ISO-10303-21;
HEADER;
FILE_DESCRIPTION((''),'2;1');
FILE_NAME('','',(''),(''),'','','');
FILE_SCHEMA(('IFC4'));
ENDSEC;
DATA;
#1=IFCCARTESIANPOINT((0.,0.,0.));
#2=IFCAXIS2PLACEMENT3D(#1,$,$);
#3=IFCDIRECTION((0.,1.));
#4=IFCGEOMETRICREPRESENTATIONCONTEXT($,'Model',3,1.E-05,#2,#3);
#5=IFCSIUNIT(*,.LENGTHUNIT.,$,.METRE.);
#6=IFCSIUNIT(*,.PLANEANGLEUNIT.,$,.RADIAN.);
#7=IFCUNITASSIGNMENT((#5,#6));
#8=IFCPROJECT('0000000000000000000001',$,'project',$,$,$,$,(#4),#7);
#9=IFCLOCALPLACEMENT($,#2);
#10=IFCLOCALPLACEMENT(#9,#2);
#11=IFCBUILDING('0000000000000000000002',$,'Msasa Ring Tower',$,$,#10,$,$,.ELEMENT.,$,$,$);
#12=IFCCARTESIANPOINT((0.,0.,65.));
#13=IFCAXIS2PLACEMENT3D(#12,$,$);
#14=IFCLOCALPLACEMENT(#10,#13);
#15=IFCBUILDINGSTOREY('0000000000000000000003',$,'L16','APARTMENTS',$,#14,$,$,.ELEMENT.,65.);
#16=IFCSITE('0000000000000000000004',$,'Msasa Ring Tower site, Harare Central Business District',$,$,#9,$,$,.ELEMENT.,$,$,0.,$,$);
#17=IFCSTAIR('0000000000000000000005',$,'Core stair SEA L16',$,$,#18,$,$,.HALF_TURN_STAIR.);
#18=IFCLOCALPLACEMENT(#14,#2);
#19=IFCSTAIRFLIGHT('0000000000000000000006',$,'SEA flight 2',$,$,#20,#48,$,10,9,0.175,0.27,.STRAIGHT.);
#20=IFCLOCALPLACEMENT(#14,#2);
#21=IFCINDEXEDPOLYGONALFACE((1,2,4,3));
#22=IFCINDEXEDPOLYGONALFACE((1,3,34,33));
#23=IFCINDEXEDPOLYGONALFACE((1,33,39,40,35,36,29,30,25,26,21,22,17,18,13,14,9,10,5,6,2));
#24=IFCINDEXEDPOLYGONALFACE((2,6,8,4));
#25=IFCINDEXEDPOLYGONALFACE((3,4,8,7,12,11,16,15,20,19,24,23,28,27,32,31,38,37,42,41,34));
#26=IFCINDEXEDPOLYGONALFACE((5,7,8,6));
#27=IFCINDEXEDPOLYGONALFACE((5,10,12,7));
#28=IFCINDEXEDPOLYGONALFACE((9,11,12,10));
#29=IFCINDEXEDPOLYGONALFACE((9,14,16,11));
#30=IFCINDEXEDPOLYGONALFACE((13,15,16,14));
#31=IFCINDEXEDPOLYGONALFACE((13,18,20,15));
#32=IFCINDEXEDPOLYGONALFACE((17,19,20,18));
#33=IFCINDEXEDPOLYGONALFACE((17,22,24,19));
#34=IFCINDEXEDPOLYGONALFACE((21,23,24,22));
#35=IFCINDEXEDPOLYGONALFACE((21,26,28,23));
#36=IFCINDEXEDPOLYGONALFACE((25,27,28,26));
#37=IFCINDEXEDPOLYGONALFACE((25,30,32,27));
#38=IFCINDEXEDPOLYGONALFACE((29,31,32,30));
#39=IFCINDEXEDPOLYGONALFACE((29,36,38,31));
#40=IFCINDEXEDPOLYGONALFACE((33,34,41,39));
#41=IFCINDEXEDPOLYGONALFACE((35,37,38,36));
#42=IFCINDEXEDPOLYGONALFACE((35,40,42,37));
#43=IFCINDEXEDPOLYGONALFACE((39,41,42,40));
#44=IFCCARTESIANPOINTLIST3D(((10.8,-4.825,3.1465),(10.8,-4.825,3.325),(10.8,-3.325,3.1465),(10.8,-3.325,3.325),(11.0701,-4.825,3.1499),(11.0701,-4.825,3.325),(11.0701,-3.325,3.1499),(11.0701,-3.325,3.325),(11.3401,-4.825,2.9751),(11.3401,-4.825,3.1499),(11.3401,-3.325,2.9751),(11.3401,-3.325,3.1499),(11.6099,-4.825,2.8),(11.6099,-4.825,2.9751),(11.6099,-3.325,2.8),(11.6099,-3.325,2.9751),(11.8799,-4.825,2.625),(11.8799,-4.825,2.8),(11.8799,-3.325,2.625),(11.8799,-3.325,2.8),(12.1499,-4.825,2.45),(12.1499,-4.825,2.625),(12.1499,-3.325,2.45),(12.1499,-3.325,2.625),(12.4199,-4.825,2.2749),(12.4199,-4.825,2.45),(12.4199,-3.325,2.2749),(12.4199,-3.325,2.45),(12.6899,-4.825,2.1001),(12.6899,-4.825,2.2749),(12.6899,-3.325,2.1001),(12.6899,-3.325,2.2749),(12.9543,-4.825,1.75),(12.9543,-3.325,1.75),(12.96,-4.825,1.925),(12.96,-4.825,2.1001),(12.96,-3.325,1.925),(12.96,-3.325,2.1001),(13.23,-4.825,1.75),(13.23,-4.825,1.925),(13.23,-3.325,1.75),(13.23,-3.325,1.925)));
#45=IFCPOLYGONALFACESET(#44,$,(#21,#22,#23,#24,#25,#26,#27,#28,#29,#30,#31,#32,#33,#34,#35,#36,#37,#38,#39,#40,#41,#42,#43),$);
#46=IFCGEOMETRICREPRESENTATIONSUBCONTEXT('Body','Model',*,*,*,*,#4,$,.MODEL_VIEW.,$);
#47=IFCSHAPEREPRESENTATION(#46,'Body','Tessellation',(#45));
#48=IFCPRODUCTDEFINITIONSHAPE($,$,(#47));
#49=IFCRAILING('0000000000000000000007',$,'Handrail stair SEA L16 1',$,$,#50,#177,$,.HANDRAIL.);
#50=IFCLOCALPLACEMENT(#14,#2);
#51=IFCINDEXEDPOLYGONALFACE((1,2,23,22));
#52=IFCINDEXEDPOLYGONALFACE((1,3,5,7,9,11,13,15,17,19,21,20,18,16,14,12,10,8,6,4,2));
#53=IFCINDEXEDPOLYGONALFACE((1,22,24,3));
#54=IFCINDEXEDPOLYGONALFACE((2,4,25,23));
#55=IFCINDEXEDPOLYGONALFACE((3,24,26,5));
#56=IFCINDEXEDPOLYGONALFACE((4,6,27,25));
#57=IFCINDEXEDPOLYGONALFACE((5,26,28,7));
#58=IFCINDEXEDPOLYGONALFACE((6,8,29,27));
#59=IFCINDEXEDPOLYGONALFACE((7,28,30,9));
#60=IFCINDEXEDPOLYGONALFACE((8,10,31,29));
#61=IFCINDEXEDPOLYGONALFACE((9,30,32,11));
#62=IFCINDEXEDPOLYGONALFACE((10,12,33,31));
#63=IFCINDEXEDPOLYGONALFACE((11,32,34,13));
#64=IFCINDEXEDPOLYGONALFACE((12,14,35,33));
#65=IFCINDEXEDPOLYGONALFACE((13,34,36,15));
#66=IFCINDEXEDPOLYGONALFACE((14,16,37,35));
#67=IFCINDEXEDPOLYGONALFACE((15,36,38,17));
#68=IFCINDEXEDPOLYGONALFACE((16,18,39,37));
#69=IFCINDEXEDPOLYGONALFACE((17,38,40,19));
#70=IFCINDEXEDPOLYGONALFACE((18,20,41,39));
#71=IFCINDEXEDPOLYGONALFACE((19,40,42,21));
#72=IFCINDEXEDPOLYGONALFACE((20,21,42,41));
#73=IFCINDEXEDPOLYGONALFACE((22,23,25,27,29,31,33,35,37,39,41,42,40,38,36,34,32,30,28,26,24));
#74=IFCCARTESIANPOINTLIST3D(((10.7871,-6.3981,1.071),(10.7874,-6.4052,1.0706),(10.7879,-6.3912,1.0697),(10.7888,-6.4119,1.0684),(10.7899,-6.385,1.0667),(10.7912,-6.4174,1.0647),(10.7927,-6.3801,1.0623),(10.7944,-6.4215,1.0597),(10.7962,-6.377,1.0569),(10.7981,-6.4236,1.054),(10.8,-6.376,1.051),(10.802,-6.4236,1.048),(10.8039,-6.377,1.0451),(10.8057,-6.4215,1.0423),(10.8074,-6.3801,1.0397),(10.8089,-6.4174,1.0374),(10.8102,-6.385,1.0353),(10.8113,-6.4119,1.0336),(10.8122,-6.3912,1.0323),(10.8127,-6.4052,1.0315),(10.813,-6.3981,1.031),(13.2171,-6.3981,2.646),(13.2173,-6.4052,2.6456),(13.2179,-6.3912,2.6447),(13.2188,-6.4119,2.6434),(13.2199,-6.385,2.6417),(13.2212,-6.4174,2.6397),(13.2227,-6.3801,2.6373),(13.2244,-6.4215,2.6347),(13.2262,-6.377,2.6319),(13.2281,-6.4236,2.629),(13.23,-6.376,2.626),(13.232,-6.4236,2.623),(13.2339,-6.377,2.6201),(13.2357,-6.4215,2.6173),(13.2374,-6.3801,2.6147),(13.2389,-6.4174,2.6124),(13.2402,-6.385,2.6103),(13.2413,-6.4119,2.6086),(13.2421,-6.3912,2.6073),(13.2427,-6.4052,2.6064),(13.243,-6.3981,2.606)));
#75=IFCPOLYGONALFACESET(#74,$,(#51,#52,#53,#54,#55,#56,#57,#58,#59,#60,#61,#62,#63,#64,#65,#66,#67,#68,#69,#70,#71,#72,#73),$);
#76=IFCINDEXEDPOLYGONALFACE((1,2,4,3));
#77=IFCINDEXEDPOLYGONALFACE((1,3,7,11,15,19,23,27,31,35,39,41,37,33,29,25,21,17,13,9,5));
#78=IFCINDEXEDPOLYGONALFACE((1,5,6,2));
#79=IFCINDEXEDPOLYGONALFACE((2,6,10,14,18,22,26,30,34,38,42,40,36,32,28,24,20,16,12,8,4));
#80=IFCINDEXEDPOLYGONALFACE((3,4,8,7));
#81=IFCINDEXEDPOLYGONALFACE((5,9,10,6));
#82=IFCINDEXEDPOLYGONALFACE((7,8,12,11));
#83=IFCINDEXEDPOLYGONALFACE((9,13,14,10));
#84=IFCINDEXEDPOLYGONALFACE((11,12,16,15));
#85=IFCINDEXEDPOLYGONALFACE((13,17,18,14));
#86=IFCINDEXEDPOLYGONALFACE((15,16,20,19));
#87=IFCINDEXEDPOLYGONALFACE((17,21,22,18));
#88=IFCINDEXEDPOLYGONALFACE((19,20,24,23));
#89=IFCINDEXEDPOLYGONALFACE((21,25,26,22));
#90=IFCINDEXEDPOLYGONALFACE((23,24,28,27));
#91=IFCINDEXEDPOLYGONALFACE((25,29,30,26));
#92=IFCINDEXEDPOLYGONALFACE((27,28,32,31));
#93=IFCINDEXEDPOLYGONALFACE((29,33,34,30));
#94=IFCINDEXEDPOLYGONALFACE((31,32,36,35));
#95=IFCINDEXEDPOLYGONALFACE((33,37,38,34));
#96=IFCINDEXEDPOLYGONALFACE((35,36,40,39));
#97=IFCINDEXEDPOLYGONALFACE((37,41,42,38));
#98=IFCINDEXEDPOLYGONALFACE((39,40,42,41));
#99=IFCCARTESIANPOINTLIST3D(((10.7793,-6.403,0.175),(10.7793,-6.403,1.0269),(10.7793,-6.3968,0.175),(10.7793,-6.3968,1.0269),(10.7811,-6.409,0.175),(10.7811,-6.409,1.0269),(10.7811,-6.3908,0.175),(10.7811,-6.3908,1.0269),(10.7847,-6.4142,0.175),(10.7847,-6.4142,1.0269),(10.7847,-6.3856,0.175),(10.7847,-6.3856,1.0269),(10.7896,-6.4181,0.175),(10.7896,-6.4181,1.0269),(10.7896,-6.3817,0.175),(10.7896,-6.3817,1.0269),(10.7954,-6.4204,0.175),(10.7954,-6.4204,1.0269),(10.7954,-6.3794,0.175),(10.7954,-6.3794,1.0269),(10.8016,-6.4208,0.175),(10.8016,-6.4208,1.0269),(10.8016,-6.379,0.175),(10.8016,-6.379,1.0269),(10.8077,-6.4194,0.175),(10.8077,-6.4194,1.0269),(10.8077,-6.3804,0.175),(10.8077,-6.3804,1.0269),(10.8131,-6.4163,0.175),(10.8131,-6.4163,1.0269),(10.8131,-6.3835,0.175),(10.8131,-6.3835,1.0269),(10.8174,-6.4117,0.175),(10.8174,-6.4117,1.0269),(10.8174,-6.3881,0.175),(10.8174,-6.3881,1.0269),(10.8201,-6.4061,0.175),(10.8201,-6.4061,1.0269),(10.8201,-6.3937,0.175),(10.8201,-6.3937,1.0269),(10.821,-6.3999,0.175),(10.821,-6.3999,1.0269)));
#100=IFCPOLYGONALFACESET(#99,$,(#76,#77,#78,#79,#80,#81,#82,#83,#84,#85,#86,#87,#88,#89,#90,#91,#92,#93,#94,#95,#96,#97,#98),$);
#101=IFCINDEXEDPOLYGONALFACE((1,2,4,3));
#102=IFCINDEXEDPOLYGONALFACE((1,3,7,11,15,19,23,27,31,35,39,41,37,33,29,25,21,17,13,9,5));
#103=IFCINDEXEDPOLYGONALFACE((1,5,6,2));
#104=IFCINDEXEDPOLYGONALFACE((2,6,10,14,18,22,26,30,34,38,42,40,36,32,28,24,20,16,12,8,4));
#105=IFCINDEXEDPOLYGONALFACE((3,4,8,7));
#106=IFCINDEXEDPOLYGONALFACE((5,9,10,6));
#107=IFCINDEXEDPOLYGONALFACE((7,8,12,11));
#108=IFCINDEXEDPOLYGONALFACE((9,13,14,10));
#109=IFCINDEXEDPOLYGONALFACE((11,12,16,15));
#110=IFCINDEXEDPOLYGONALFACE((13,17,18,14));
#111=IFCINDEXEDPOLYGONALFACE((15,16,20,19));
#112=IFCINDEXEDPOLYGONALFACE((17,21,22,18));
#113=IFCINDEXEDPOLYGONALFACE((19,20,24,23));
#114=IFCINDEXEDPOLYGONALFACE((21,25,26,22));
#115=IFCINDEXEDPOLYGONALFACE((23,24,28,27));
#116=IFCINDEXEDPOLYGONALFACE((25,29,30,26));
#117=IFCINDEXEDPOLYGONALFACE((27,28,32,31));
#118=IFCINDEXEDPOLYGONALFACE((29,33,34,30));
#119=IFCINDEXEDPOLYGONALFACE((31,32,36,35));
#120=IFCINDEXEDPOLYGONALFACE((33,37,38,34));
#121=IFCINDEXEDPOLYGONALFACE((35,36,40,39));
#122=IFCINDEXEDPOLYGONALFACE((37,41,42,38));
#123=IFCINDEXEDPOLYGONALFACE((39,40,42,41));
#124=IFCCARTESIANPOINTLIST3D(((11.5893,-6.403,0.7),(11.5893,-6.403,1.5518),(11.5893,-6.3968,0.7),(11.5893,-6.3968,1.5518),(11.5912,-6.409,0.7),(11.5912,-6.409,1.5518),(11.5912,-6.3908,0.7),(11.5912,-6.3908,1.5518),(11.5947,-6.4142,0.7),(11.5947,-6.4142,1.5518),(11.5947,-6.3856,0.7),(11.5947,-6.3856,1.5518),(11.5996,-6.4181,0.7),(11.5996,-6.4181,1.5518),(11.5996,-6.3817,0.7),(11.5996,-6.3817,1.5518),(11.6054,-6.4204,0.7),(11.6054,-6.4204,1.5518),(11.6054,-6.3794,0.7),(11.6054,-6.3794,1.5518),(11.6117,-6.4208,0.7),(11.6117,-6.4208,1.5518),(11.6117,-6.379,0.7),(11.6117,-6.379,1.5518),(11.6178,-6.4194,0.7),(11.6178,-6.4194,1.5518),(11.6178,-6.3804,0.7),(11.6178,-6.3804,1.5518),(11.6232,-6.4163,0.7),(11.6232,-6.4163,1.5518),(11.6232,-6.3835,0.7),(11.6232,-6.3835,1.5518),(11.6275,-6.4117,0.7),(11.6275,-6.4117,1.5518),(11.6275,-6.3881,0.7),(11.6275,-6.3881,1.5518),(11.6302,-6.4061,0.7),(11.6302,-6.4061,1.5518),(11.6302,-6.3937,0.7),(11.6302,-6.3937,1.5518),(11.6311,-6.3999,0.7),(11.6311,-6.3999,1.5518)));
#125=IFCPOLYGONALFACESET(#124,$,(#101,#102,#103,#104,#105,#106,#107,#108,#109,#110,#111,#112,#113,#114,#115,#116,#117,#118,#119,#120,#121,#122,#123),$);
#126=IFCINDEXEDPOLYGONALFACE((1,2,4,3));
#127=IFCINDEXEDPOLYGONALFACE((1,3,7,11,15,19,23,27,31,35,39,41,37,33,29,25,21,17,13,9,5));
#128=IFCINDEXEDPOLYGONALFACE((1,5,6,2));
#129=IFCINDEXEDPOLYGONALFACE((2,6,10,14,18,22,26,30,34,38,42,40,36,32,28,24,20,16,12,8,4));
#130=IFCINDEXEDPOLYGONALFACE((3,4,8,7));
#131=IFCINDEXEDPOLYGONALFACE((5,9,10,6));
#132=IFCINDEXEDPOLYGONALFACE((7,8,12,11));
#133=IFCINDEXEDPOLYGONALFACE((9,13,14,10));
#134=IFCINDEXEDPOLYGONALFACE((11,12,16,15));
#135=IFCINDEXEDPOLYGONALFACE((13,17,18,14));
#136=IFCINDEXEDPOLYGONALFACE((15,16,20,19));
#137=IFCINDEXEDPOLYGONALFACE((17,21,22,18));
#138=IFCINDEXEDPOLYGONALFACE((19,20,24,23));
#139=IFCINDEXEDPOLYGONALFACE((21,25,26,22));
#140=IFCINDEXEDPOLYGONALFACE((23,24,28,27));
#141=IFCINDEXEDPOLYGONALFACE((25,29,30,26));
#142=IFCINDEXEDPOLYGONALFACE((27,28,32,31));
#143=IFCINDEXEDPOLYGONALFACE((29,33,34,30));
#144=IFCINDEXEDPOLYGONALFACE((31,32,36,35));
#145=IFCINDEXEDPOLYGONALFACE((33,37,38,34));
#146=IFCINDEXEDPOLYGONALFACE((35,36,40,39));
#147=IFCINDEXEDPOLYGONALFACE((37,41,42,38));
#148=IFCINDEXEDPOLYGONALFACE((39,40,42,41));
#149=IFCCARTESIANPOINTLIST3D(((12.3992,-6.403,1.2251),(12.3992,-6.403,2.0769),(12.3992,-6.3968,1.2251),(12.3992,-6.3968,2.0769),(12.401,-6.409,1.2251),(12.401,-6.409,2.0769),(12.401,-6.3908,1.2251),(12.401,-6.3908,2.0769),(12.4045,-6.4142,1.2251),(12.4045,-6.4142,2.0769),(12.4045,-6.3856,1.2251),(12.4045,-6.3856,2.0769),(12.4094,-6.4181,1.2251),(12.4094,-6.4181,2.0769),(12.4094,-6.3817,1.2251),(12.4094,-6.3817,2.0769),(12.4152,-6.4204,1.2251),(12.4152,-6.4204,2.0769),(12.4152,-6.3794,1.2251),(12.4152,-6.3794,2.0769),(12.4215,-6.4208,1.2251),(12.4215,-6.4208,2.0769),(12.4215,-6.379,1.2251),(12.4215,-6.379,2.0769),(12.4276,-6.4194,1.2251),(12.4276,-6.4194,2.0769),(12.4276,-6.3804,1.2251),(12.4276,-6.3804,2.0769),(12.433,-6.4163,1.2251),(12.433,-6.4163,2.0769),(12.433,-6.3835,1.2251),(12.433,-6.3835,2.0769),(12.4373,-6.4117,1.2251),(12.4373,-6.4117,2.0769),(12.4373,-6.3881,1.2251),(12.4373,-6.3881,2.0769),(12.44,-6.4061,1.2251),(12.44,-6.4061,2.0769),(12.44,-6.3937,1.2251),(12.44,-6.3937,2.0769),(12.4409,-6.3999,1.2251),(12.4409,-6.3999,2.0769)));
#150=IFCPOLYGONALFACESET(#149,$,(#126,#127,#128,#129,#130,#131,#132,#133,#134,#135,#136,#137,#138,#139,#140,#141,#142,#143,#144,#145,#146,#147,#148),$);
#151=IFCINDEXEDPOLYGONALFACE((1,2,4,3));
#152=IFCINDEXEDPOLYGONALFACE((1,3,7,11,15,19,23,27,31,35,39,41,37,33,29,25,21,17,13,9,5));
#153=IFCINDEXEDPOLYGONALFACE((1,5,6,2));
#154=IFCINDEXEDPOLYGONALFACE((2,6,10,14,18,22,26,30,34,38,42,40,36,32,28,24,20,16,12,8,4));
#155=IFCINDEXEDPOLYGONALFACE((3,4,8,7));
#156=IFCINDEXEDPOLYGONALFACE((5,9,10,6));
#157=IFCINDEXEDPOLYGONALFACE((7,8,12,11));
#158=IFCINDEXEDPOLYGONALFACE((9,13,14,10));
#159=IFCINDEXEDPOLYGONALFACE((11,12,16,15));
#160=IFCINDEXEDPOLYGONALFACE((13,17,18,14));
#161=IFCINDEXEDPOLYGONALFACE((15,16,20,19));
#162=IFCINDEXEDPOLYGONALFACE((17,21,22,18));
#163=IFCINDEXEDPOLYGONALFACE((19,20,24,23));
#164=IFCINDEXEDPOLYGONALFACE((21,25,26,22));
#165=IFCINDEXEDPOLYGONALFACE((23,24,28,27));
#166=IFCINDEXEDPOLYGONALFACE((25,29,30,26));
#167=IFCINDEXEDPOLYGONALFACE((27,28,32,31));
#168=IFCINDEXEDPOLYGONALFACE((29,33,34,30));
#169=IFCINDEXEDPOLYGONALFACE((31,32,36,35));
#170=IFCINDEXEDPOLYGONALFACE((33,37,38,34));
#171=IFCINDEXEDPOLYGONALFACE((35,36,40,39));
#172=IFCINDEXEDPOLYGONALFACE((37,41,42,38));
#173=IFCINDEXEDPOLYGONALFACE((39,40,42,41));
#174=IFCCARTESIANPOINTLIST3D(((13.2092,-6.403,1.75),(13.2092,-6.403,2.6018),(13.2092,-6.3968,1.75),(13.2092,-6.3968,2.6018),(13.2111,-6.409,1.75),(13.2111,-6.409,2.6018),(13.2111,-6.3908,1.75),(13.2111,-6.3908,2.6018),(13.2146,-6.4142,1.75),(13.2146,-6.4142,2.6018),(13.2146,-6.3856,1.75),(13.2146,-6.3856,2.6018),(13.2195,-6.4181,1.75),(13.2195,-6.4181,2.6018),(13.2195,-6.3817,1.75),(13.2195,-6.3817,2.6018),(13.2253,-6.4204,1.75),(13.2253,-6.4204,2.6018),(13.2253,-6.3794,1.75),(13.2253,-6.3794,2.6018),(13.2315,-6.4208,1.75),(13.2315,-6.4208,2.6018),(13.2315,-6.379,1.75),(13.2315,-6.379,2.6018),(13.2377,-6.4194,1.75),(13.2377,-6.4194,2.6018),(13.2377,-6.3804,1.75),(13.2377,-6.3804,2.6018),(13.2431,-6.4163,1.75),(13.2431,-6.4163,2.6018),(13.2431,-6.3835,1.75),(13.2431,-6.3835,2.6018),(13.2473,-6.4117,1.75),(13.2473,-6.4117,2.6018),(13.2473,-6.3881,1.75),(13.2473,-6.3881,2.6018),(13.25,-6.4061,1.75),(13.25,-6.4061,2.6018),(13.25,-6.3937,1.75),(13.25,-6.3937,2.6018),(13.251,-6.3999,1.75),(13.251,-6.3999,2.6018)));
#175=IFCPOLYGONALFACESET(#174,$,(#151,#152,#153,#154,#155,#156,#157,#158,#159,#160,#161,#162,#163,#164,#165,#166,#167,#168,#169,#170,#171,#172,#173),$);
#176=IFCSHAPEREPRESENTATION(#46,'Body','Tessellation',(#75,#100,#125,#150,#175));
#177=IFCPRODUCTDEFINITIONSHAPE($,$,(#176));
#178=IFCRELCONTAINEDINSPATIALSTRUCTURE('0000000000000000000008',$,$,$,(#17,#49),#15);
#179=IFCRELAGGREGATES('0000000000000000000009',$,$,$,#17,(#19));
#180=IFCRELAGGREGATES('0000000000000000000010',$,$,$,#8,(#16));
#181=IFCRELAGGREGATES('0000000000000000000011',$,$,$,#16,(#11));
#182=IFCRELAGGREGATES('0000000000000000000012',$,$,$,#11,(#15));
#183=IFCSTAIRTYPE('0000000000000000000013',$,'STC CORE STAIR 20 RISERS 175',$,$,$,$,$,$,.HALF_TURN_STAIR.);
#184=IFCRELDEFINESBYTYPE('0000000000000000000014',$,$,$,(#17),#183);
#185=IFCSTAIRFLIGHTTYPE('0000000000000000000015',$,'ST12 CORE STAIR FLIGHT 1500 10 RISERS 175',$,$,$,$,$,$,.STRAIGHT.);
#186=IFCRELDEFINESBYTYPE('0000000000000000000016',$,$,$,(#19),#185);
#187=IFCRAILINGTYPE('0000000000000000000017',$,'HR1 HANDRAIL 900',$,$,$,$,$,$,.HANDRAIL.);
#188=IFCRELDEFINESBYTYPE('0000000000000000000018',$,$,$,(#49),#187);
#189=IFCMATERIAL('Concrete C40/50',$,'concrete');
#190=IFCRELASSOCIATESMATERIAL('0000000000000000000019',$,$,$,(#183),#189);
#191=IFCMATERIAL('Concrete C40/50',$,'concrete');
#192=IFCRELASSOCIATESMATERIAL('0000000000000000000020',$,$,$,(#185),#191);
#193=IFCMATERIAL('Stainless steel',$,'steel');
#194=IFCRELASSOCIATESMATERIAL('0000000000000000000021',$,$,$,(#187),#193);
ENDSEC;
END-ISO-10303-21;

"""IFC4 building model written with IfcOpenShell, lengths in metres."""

from ifc_helpers import new_model, si_unit, direction, frame, origin, origin_2d, place, context, subcontext, project, spatial, polyline, circle, outline, extrude, material, type_object, element, aggregate, save


model = new_model("IFC4")

# Units and contexts
model_context = context("Model", 3, precision=1e-05, world=origin(), true_north=direction((0.0, 1.0)))
body_context = subcontext(model_context, "Body", "Model", "MODEL_VIEW")
ifc_project = project(units=[si_unit("LENGTHUNIT", "METRE"), si_unit("PLANEANGLEUNIT", "RADIAN")], contexts=[model_context])

# Site, building, storey
site_placement = place(None, origin())
site = spatial("IfcSite", under=ifc_project, at=site_placement, Name="Msasa Ring Tower site, Harare Central Business District", CompositionType="ELEMENT", RefElevation=0.0)
building_placement = place(site_placement, origin())
building = spatial("IfcBuilding", under=site, at=building_placement, Name="Msasa Ring Tower", CompositionType="ELEMENT")
storey_placement = place(building_placement, frame((0.0, 0.0, 65.0)))
storey = spatial("IfcBuildingStorey", under=building, at=storey_placement, Name="L16", Description="APARTMENTS", CompositionType="ELEMENT", Elevation=65.0)

# Stair, stair flight
ifc_material_1 = material(Name="Concrete C40/50", Category="concrete")
stair_type = type_object("IfcStairType", Name="STC CORE STAIR 20 RISERS 175", PredefinedType="HALF_TURN_STAIR", material=ifc_material_1)
stair_placement = place(storey_placement, origin())
stair = element("IfcStair", 1, at=stair_placement, inside=storey, type_object=stair_type, Name="Core stair SEA L16", PredefinedType="HALF_TURN_STAIR")
ifc_material_2 = material(Name="Concrete C40/50", Category="concrete")
stair_flight_type = type_object("IfcStairFlightType", Name="ST12 CORE STAIR FLIGHT 1500 10 RISERS 175", PredefinedType="STRAIGHT", material=ifc_material_2)
stair_flight_1_placement = place(storey_placement, frame((13.23, -4.075, 1.75), z_axis=(0.0, 0.0, 1.0), x_axis=(-1.0, 0.0, 0.0)))
stair_flight_1 = element("IfcStairFlight", 2, at=stair_flight_1_placement, type_object=stair_flight_type, Name="SEA flight 2", NumberOfRisers=10, NumberOfTreads=9, PredefinedType="STRAIGHT", RiserHeight=0.175, TreadLength=0.27, context=body_context, shape_type="SweptSolid", body=[
    extrude(outline(polyline([(0.0, 0.0), (0.0, 0.175), (0.27, 0.175), (0.27, 0.3501), (0.54, 0.3501), (0.54, 0.5249), (0.8101, 0.5249), (0.8101, 0.7), (1.0801, 0.7), (1.0801, 0.875), (1.3501, 0.875), (1.3501, 1.05), (1.6201, 1.05), (1.6201, 1.2251), (1.8899, 1.2251), (1.8899, 1.3999), (2.1599, 1.3999), (2.1599, 1.575), (2.4299, 1.575), (2.4299, 1.75), (2.4299, 1.3965), (0.2756, 0.0), (0.0, 0.0)])), frame((0.0, 0.75, 0.0), z_axis=(0.0, -1.0, 0.0), x_axis=(1.0, 0.0, 0.0)), (0.0, 0.0, 1.0), 1.5),
])
aggregate(stair, [stair_flight_1])

# Railing
ifc_material_3 = material(Name="Stainless steel", Category="steel")
railing_type = type_object("IfcRailingType", Name="HR1 HANDRAIL 900", PredefinedType="HANDRAIL", material=ifc_material_3)
for number, where, name in (
    (3, (10.8, -6.3999, 0.175), "Handrail stair SEA L16 1"),
):
    element("IfcRailing", number, at=place(storey_placement, frame(where)), inside=storey, type_object=railing_type, Name=name, PredefinedType="HANDRAIL", context=body_context, shape_type="SweptSolid", body=[
        extrude(circle(Radius=0.0239, at=origin_2d()), frame((0.0, 0.0, 0.876), z_axis=(0.839154, 0.0, 0.543894), x_axis=(0.0, 1.0, 0.0)), (0.0, 0.0, 1.0), 2.8958),
        extrude(circle(Radius=0.021, at=origin_2d()), origin(), (0.0, 0.0, 1.0), 0.8518),
        extrude(circle(Radius=0.021, at=origin_2d()), frame((0.8101, 0.0, 0.5249)), (0.0, 0.0, 1.0), 0.8518),
        extrude(circle(Radius=0.021, at=origin_2d()), frame((1.6199, 0.0, 1.05)), (0.0, 0.0, 1.0), 0.8518),
        extrude(circle(Radius=0.021, at=origin_2d()), frame((2.4299, 0.0, 1.575)), (0.0, 0.0, 1.0), 0.8518),
    ])

save(model, "model.ifc")
